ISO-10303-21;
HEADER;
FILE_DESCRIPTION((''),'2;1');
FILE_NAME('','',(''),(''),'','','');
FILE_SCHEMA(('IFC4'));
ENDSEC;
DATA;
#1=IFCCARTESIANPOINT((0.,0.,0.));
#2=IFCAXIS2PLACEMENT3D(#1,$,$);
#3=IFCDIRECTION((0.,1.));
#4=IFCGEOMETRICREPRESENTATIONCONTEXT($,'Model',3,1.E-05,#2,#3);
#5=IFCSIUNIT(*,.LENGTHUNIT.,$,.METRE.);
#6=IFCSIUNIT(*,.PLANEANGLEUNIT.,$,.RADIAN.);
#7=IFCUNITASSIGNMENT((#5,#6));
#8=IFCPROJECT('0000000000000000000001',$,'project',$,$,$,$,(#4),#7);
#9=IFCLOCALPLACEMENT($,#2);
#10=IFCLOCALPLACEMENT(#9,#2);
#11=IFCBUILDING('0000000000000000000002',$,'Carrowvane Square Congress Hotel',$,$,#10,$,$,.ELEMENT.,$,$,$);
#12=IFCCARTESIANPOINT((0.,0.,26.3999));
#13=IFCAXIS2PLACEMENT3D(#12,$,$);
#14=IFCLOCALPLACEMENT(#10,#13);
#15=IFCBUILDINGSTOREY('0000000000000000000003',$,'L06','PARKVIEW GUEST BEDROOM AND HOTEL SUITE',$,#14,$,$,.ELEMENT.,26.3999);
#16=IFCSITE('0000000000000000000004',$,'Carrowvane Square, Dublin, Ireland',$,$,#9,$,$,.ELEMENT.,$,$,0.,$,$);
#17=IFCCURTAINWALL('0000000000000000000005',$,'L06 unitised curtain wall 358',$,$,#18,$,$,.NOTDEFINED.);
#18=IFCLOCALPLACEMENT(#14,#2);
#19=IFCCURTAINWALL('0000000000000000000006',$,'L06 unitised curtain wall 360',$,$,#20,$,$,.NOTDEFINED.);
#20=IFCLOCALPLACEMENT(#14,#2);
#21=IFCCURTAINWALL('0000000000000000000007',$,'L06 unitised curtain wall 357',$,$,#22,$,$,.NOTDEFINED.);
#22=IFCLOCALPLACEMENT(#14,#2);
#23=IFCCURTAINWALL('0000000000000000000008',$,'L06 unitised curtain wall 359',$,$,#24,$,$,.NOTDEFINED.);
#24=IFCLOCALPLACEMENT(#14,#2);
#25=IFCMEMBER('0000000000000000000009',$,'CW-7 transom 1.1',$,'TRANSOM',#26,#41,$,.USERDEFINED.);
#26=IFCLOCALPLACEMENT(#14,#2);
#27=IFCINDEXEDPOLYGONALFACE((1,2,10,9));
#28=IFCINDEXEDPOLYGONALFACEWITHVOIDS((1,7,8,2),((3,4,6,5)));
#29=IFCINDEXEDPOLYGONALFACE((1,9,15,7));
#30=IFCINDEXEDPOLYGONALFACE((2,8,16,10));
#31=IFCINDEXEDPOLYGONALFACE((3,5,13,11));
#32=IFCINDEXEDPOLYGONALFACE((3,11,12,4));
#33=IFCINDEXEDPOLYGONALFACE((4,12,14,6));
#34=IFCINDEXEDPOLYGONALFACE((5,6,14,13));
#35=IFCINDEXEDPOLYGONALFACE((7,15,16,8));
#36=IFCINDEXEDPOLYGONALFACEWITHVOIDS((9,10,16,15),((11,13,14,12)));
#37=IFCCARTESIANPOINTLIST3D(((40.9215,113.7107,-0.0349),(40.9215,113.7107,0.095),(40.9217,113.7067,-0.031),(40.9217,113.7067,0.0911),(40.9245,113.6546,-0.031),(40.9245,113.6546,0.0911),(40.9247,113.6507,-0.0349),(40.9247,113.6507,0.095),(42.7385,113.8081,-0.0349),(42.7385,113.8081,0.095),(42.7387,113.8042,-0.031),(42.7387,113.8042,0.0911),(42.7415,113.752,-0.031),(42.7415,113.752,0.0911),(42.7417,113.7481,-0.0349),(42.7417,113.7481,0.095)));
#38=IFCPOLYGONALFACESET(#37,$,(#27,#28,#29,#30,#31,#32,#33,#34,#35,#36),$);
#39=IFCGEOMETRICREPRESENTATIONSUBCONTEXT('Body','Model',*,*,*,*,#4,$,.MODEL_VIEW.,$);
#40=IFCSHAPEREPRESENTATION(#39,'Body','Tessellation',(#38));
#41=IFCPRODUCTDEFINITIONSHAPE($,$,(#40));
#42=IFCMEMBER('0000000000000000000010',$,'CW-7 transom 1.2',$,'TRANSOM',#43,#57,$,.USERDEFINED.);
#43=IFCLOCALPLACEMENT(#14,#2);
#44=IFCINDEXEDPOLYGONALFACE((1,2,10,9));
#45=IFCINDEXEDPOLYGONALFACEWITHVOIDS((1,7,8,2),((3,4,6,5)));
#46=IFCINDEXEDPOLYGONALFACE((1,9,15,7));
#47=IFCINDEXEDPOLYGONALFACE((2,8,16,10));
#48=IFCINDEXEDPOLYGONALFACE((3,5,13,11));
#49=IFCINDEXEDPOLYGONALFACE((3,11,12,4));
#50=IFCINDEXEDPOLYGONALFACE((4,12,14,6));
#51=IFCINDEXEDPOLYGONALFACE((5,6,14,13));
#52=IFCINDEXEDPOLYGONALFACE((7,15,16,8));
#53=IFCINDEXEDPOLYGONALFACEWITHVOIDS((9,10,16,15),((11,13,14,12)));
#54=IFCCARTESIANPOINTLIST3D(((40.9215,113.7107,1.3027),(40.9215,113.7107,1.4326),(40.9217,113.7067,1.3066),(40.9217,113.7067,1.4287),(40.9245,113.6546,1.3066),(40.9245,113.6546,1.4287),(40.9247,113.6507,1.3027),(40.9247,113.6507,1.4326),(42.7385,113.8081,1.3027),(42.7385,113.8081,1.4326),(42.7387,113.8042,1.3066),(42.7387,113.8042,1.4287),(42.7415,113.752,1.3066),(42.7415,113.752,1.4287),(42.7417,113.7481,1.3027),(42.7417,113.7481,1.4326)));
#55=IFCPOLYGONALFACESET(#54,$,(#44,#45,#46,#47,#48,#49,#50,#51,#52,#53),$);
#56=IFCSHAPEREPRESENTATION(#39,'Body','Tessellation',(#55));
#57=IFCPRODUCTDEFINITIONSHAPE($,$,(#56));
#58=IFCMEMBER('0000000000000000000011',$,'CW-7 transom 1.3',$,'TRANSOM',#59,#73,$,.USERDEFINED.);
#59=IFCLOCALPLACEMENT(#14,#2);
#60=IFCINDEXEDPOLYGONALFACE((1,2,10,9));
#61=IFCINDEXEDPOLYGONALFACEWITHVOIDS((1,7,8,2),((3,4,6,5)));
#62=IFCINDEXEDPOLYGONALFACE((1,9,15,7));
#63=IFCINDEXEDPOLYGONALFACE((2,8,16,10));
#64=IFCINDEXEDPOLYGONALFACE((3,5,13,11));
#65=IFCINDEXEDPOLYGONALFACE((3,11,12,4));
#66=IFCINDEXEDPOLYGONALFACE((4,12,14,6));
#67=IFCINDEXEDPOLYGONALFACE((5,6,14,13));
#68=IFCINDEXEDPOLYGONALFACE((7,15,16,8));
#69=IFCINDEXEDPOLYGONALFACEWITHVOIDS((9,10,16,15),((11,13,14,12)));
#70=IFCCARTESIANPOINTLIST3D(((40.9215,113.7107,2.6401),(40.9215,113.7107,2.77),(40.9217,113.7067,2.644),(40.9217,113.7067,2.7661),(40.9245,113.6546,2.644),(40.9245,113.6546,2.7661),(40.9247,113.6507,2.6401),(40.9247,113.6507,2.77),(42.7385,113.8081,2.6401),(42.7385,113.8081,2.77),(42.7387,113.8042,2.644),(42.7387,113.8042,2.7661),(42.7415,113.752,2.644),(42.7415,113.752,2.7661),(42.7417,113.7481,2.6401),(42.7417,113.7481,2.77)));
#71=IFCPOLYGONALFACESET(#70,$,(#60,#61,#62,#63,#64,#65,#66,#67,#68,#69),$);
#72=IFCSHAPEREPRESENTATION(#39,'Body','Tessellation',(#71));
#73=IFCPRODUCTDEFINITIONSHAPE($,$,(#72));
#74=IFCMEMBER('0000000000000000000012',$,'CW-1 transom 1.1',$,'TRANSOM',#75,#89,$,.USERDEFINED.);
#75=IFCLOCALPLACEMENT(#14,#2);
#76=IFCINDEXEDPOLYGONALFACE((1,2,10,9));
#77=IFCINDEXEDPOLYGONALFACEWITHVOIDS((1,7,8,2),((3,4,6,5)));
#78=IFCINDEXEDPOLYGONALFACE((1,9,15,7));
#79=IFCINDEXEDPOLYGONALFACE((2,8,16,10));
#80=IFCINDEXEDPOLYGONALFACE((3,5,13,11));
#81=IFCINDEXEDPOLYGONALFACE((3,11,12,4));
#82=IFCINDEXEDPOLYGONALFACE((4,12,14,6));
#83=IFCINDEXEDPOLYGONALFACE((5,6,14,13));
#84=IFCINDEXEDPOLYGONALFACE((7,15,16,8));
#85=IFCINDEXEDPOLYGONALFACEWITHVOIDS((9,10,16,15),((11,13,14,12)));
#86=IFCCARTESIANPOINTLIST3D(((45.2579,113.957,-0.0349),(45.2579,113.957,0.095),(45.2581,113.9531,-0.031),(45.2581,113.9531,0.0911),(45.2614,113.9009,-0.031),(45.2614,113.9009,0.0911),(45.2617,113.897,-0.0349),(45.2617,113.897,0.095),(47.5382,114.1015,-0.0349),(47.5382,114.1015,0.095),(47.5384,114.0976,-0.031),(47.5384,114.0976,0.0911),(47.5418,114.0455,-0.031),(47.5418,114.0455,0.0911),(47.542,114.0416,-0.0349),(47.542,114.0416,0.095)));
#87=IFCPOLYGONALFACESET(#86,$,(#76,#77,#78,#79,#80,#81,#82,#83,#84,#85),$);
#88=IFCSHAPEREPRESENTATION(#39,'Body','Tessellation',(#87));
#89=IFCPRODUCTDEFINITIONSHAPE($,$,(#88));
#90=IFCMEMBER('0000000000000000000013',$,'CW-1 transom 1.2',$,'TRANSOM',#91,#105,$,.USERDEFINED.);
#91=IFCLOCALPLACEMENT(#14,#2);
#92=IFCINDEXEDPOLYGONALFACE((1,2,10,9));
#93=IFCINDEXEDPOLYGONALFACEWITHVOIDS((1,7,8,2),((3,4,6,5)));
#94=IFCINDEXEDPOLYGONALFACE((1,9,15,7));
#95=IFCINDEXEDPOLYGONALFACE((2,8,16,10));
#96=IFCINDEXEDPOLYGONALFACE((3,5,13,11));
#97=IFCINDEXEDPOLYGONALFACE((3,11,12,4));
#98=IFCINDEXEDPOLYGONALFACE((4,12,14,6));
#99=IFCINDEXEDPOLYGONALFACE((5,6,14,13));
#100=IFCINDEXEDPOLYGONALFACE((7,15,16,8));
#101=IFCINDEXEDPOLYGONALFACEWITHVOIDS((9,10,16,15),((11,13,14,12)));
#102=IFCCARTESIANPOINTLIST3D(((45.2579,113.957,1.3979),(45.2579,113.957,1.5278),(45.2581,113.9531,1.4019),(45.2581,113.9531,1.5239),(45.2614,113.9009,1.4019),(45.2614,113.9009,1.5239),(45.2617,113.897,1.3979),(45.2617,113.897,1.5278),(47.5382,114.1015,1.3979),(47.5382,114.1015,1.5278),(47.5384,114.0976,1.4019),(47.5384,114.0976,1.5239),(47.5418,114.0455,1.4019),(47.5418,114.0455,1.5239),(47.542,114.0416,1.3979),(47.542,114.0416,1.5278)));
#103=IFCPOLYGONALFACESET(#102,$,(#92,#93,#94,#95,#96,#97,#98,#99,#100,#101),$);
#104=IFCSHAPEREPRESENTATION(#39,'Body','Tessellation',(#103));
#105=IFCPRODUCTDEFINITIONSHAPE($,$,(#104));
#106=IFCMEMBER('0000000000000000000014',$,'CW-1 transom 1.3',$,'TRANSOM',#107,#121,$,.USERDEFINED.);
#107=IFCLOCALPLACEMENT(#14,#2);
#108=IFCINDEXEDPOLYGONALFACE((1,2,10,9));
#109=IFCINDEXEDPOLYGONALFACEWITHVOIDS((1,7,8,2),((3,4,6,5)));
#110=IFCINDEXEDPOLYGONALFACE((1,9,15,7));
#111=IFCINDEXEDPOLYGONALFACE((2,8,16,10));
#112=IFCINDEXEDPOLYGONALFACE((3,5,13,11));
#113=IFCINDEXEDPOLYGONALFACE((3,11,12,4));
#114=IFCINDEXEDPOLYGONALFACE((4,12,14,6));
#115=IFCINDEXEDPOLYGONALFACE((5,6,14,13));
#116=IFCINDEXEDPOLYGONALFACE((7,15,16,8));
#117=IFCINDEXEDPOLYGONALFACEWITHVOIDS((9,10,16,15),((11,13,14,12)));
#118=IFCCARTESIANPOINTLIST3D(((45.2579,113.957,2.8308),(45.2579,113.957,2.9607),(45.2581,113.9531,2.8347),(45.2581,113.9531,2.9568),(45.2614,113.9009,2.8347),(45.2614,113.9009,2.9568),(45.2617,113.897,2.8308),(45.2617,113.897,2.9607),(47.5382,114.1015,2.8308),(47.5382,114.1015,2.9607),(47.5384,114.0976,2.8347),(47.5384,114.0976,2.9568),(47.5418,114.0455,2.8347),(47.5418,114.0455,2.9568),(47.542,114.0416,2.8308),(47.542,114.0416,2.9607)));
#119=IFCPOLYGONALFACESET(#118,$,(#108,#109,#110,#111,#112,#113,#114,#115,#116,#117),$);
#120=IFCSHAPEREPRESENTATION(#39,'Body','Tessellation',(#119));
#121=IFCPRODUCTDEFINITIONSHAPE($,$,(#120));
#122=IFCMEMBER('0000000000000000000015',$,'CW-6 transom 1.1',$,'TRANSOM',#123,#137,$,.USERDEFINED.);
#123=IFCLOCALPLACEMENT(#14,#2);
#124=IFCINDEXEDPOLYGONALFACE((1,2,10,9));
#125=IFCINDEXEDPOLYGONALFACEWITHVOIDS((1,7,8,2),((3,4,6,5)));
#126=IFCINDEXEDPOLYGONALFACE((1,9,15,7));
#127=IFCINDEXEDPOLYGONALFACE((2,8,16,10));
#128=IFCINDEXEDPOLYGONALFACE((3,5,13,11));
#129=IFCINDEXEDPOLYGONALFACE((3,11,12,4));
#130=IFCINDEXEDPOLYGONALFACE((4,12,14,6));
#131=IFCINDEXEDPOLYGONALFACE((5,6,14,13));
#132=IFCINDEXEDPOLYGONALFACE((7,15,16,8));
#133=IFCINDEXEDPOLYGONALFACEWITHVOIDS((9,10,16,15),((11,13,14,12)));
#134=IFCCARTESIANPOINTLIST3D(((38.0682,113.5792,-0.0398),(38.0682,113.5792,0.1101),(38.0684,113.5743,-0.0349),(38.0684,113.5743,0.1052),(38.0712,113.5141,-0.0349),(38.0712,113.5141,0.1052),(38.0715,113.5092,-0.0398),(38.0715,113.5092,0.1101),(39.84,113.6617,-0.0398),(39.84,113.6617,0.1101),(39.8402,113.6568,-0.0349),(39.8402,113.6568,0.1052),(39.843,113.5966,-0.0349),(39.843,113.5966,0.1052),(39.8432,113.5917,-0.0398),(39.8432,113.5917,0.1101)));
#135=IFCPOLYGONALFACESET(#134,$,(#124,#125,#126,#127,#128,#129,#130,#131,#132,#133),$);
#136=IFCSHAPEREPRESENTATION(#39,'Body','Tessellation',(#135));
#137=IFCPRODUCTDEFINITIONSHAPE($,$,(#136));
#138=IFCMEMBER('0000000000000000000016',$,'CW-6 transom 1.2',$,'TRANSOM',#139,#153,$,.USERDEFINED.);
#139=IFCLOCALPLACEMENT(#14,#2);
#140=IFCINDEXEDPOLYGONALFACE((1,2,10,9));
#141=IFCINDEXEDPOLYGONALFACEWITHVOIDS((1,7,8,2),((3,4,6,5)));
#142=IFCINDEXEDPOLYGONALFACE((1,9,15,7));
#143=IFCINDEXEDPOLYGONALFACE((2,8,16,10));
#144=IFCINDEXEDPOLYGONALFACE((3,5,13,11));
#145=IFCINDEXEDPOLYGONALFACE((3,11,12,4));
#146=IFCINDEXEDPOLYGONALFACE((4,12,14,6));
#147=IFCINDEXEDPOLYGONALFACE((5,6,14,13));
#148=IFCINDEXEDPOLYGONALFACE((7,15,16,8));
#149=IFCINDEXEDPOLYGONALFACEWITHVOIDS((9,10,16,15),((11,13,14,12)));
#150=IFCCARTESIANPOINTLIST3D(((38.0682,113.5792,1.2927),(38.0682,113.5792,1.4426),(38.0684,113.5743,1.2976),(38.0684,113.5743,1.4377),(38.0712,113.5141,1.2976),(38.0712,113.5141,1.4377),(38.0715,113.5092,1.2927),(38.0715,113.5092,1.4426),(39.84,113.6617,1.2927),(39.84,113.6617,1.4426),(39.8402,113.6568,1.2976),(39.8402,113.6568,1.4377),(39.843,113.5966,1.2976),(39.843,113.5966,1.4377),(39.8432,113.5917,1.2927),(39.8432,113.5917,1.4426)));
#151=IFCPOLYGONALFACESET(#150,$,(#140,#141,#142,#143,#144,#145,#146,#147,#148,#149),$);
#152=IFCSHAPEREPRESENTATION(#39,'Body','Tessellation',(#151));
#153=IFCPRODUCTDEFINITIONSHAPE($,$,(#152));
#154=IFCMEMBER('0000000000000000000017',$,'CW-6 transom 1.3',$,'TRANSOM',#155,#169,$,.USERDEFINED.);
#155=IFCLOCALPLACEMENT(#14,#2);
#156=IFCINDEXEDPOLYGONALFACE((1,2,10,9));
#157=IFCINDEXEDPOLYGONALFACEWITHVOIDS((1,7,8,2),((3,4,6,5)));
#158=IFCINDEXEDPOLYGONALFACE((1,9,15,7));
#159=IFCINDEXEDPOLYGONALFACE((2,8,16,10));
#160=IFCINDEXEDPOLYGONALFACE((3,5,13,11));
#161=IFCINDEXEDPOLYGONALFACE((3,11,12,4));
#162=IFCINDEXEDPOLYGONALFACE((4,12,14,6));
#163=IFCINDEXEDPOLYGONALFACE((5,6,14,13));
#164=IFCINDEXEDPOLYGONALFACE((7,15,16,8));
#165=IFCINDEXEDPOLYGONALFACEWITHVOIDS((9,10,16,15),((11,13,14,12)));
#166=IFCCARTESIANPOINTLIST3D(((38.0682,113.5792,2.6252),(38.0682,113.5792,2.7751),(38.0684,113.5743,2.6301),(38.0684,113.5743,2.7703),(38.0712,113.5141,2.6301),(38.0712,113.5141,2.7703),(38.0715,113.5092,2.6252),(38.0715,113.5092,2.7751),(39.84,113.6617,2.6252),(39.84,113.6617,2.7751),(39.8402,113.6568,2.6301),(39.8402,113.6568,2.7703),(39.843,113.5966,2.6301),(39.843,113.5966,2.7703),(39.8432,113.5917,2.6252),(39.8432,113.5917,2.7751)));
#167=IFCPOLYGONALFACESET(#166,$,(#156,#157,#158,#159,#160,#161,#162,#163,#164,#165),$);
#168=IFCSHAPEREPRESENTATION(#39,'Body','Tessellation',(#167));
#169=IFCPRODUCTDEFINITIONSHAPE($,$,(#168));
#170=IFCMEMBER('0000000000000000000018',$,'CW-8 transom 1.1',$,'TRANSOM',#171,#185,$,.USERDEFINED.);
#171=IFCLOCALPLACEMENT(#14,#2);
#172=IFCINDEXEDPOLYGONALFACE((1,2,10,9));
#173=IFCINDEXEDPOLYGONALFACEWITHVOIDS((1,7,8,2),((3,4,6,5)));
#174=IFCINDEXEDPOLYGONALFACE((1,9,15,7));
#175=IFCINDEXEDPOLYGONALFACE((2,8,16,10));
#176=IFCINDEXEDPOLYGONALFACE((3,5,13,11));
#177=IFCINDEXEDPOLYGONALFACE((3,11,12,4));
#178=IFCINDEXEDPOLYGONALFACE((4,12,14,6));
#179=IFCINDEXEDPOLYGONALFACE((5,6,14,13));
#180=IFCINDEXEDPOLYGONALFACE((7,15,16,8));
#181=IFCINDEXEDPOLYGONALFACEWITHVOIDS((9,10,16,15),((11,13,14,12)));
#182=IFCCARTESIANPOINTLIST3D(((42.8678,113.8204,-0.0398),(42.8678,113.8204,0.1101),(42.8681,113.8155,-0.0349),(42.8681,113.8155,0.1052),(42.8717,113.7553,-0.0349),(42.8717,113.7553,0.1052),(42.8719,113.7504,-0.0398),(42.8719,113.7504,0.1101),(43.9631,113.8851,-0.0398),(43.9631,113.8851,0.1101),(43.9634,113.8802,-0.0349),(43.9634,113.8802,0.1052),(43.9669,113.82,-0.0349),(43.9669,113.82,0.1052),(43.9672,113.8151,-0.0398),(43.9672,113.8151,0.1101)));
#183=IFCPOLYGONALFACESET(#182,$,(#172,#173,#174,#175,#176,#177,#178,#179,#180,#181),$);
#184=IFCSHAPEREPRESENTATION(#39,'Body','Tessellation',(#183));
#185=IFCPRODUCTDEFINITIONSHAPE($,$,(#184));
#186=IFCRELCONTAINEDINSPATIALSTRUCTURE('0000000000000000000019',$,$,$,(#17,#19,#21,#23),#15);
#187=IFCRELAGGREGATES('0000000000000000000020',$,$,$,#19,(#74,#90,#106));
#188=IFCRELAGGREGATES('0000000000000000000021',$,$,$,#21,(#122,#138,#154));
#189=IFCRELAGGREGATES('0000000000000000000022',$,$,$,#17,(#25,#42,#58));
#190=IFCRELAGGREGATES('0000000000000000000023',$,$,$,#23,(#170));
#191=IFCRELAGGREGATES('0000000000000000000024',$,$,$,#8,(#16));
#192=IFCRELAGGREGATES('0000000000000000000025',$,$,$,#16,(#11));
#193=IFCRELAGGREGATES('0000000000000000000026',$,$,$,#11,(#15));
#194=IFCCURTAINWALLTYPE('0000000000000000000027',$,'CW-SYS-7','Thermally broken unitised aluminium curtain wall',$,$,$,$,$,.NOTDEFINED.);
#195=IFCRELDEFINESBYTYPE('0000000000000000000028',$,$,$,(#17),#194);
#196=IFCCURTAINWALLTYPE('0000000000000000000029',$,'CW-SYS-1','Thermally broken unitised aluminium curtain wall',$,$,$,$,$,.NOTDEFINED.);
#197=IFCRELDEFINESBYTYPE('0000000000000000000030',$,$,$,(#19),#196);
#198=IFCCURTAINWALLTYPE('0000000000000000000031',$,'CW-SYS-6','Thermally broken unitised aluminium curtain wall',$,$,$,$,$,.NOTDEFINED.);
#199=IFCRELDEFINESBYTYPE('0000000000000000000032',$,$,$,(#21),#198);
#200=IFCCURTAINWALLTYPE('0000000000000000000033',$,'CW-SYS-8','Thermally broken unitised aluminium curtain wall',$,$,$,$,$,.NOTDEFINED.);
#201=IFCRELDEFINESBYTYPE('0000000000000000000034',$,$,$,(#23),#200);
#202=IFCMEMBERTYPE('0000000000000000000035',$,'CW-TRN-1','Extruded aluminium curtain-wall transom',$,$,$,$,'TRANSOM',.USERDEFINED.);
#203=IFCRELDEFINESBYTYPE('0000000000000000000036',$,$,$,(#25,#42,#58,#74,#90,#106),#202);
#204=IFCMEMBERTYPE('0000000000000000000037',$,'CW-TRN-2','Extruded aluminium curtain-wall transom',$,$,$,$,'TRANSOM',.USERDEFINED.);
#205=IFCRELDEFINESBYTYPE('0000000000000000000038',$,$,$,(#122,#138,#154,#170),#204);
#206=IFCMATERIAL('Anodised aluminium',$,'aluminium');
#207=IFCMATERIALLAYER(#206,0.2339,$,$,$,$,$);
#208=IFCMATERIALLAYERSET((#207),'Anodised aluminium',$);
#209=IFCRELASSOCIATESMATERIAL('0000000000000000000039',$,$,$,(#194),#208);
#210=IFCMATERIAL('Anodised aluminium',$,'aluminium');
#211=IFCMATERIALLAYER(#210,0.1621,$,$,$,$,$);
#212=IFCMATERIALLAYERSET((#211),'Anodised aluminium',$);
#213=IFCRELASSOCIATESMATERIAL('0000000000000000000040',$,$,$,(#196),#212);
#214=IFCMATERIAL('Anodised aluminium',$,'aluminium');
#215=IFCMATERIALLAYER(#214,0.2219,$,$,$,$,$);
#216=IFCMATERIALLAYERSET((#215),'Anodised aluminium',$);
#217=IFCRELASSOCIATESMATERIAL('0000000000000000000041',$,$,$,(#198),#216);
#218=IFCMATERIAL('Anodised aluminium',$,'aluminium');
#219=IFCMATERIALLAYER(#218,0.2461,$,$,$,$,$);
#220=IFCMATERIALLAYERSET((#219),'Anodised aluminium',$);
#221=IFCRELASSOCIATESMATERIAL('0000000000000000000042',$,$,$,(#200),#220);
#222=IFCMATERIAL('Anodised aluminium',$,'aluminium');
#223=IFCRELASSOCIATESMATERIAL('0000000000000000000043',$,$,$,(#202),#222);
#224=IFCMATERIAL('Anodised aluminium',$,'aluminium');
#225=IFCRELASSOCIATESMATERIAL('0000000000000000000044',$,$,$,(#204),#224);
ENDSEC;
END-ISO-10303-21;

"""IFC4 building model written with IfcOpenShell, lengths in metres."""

from ifc_helpers import new_model, si_unit, direction, frame, origin, origin_2d, place, context, subcontext, project, spatial, hollow_rectangle, extrude, material, layer, layer_set, material_profile, profile_set, type_object, element, aggregate, save


model = new_model("IFC4")

# Units and contexts
model_context = context("Model", 3, precision=1e-05, world=origin(), true_north=direction((0.0, 1.0)))
body_context = subcontext(model_context, "Body", "Model", "MODEL_VIEW")
ifc_project = project(units=[si_unit("LENGTHUNIT", "METRE"), si_unit("PLANEANGLEUNIT", "RADIAN")], contexts=[model_context])

# Site, building, storey
site_placement = place(None, origin())
site = spatial("IfcSite", under=ifc_project, at=site_placement, Name="Carrowvane Square, Dublin, Ireland", CompositionType="ELEMENT", RefElevation=0.0)
building_placement = place(site_placement, origin())
building = spatial("IfcBuilding", under=site, at=building_placement, Name="Carrowvane Square Congress Hotel", CompositionType="ELEMENT")
storey_placement = place(building_placement, frame((0.0, 0.0, 26.3999)))
storey = spatial("IfcBuildingStorey", under=building, at=storey_placement, Name="L06", Description="PARKVIEW GUEST BEDROOM AND HOTEL SUITE", CompositionType="ELEMENT", Elevation=26.3999)

# Curtain wall
ifc_material_1 = material(Name="Anodised aluminium", Category="aluminium")
ifc_layer_1 = layer(ifc_material_1, 0.2339)
ifc_layer_set_1 = layer_set([ifc_layer_1], Name="Anodised aluminium")
curtain_wall_type_1 = type_object("IfcCurtainWallType", Name="CW-SYS-7", Description="Thermally broken unitised aluminium curtain wall", PredefinedType="NOTDEFINED", material=ifc_layer_set_1)
curtain_wall_1_placement = place(storey_placement, origin())
curtain_wall_1 = element("IfcCurtainWall", 1, at=curtain_wall_1_placement, inside=storey, type_object=curtain_wall_type_1, Name="L06 unitised curtain wall 358", PredefinedType="NOTDEFINED")

# Curtain wall
ifc_material_2 = material(Name="Anodised aluminium", Category="aluminium")
ifc_layer_2 = layer(ifc_material_2, 0.1621)
ifc_layer_set_2 = layer_set([ifc_layer_2], Name="Anodised aluminium")
curtain_wall_type_2 = type_object("IfcCurtainWallType", Name="CW-SYS-1", Description="Thermally broken unitised aluminium curtain wall", PredefinedType="NOTDEFINED", material=ifc_layer_set_2)
curtain_wall_2_placement = place(storey_placement, origin())
curtain_wall_2 = element("IfcCurtainWall", 2, at=curtain_wall_2_placement, inside=storey, type_object=curtain_wall_type_2, Name="L06 unitised curtain wall 360", PredefinedType="NOTDEFINED")

# Curtain walls
ifc_material_3 = material(Name="Anodised aluminium", Category="aluminium")
ifc_layer_3 = layer(ifc_material_3, 0.2219)
ifc_layer_set_3 = layer_set([ifc_layer_3], Name="Anodised aluminium")
curtain_wall_type_3 = type_object("IfcCurtainWallType", Name="CW-SYS-6", Description="Thermally broken unitised aluminium curtain wall", PredefinedType="NOTDEFINED", material=ifc_layer_set_3)
curtain_wall_3_placement = place(storey_placement, origin())
curtain_wall_3 = element("IfcCurtainWall", 3, at=curtain_wall_3_placement, inside=storey, type_object=curtain_wall_type_3, Name="L06 unitised curtain wall 357", PredefinedType="NOTDEFINED")
ifc_material_4 = material(Name="Anodised aluminium", Category="aluminium")
ifc_layer_4 = layer(ifc_material_4, 0.2461)
ifc_layer_set_4 = layer_set([ifc_layer_4], Name="Anodised aluminium")
curtain_wall_type_4 = type_object("IfcCurtainWallType", Name="CW-SYS-8", Description="Thermally broken unitised aluminium curtain wall", PredefinedType="NOTDEFINED", material=ifc_layer_set_4)
curtain_wall_4_placement = place(storey_placement, origin())
curtain_wall_4 = element("IfcCurtainWall", 4, at=curtain_wall_4_placement, inside=storey, type_object=curtain_wall_type_4, Name="L06 unitised curtain wall 359", PredefinedType="NOTDEFINED")

# Members
ifc_material_5 = material(Name="Anodised aluminium", Category="aluminium")
ifc_material_profile_1 = material_profile(ifc_material_5, hollow_rectangle(XDim=0.0601, YDim=0.1299, WallThickness=0.0039, at=origin_2d()), Name="CW-TR 60x130x4")
ifc_profile_set_1 = profile_set([ifc_material_profile_1], Name="Anodised aluminium")
member_type_1 = type_object("IfcMemberType", Name="CW-TRN-1", Description="Extruded aluminium curtain-wall transom", ElementType="TRANSOM", PredefinedType="USERDEFINED", material=ifc_profile_set_1)
member_1_placement = place(storey_placement, frame((40.9231, 113.6807, 0.03), z_axis=(0.998566, 0.053538, 0.0), x_axis=(-0.053538, 0.998566, 0.0)))
member_1 = element("IfcMember", 5, at=member_1_placement, type_object=member_type_1, Name="CW-7 transom 1.1", ObjectType="TRANSOM", PredefinedType="USERDEFINED", context=body_context, shape_type="SweptSolid", body=[
    extrude(hollow_rectangle(XDim=0.0601, YDim=0.1299, WallThickness=0.0039, at=origin_2d()), origin(), (0.0, 0.0, 1.0), 1.8196),
])
member_2_placement = place(storey_placement, frame((40.9231, 113.6807, 1.3677), z_axis=(0.998566, 0.053538, 0.0), x_axis=(-0.053538, 0.998566, 0.0)))
member_2 = element("IfcMember", 6, at=member_2_placement, type_object=member_type_1, Name="CW-7 transom 1.2", ObjectType="TRANSOM", PredefinedType="USERDEFINED", context=body_context, shape_type="SweptSolid", body=[
    extrude(hollow_rectangle(XDim=0.0601, YDim=0.1299, WallThickness=0.0039, at=origin_2d()), origin(), (0.0, 0.0, 1.0), 1.8196),
])
member_3_placement = place(storey_placement, frame((40.9231, 113.6807, 2.7051), z_axis=(0.998566, 0.053538, 0.0), x_axis=(-0.053538, 0.998566, 0.0)))
member_3 = element("IfcMember", 7, at=member_3_placement, type_object=member_type_1, Name="CW-7 transom 1.3", ObjectType="TRANSOM", PredefinedType="USERDEFINED", context=body_context, shape_type="SweptSolid", body=[
    extrude(hollow_rectangle(XDim=0.0601, YDim=0.1299, WallThickness=0.0039, at=origin_2d()), origin(), (0.0, 0.0, 1.0), 1.8196),
])
member_4_placement = place(storey_placement, frame((45.2598, 113.927, 0.03), z_axis=(0.997997, 0.063256, 0.0), x_axis=(-0.063256, 0.997997, 0.0)))
member_4 = element("IfcMember", 8, at=member_4_placement, type_object=member_type_1, Name="CW-1 transom 1.1", ObjectType="TRANSOM", PredefinedType="USERDEFINED", context=body_context, shape_type="SweptSolid", body=[
    extrude(hollow_rectangle(XDim=0.0601, YDim=0.1299, WallThickness=0.0039, at=origin_2d()), origin(), (0.0, 0.0, 1.0), 2.2849),
])
member_5_placement = place(storey_placement, frame((45.2598, 113.927, 1.4629), z_axis=(0.997997, 0.063256, 0.0), x_axis=(-0.063256, 0.997997, 0.0)))
member_5 = element("IfcMember", 9, at=member_5_placement, type_object=member_type_1, Name="CW-1 transom 1.2", ObjectType="TRANSOM", PredefinedType="USERDEFINED", context=body_context, shape_type="SweptSolid", body=[
    extrude(hollow_rectangle(XDim=0.0601, YDim=0.1299, WallThickness=0.0039, at=origin_2d()), origin(), (0.0, 0.0, 1.0), 2.2849),
])
member_6_placement = place(storey_placement, frame((45.2598, 113.927, 2.8958), z_axis=(0.997997, 0.063256, 0.0), x_axis=(-0.063256, 0.997997, 0.0)))
member_6 = element("IfcMember", 10, at=member_6_placement, type_object=member_type_1, Name="CW-1 transom 1.3", ObjectType="TRANSOM", PredefinedType="USERDEFINED", context=body_context, shape_type="SweptSolid", body=[
    extrude(hollow_rectangle(XDim=0.0601, YDim=0.1299, WallThickness=0.0039, at=origin_2d()), origin(), (0.0, 0.0, 1.0), 2.2849),
])
aggregate(curtain_wall_2, [member_4, member_5, member_6])
ifc_material_6 = material(Name="Anodised aluminium", Category="aluminium")
ifc_material_profile_2 = material_profile(ifc_material_6, hollow_rectangle(XDim=0.0701, YDim=0.1499, WallThickness=0.0049, at=origin_2d()), Name="CW-TR 70x150x5")
ifc_profile_set_2 = profile_set([ifc_material_profile_2], Name="Anodised aluminium")
member_type_2 = type_object("IfcMemberType", Name="CW-TRN-2", Description="Extruded aluminium curtain-wall transom", ElementType="TRANSOM", PredefinedType="USERDEFINED", material=ifc_profile_set_2)
member_7_placement = place(storey_placement, frame((38.0698, 113.5442, 0.0352), z_axis=(0.998917, 0.046525, 0.0), x_axis=(-0.046525, 0.998917, 0.0)))
member_7 = element("IfcMember", 11, at=member_7_placement, type_object=member_type_2, Name="CW-6 transom 1.1", ObjectType="TRANSOM", PredefinedType="USERDEFINED", context=body_context, shape_type="SweptSolid", body=[
    extrude(hollow_rectangle(XDim=0.0701, YDim=0.1499, WallThickness=0.0049, at=origin_2d()), origin(), (0.0, 0.0, 1.0), 1.7737),
])
member_8_placement = place(storey_placement, frame((38.0698, 113.5442, 1.3677), z_axis=(0.998917, 0.046525, 0.0), x_axis=(-0.046525, 0.998917, 0.0)))
member_8 = element("IfcMember", 12, at=member_8_placement, type_object=member_type_2, Name="CW-6 transom 1.2", ObjectType="TRANSOM", PredefinedType="USERDEFINED", context=body_context, shape_type="SweptSolid", body=[
    extrude(hollow_rectangle(XDim=0.0701, YDim=0.1499, WallThickness=0.0049, at=origin_2d()), origin(), (0.0, 0.0, 1.0), 1.7737),
])
member_9_placement = place(storey_placement, frame((38.0698, 113.5442, 2.7002), z_axis=(0.998917, 0.046525, 0.0), x_axis=(-0.046525, 0.998917, 0.0)))
member_9 = element("IfcMember", 13, at=member_9_placement, type_object=member_type_2, Name="CW-6 transom 1.3", ObjectType="TRANSOM", PredefinedType="USERDEFINED", context=body_context, shape_type="SweptSolid", body=[
    extrude(hollow_rectangle(XDim=0.0701, YDim=0.1499, WallThickness=0.0049, at=origin_2d()), origin(), (0.0, 0.0, 1.0), 1.7737),
])
member_10_placement = place(storey_placement, frame((42.8699, 113.7854, 0.0352), z_axis=(0.99826, 0.05897, 0.0), x_axis=(-0.05897, 0.99826, 0.0)))
member_10 = element("IfcMember", 14, at=member_10_placement, type_object=member_type_2, Name="CW-8 transom 1.1", ObjectType="TRANSOM", PredefinedType="USERDEFINED", context=body_context, shape_type="SweptSolid", body=[
    extrude(hollow_rectangle(XDim=0.0701, YDim=0.1499, WallThickness=0.0049, at=origin_2d()), origin(), (0.0, 0.0, 1.0), 1.0972),
])

aggregate(curtain_wall_3, [member_7, member_8, member_9])
aggregate(curtain_wall_1, [member_1, member_2, member_3])
aggregate(curtain_wall_4, [member_10])

save(model, "model.ifc")
